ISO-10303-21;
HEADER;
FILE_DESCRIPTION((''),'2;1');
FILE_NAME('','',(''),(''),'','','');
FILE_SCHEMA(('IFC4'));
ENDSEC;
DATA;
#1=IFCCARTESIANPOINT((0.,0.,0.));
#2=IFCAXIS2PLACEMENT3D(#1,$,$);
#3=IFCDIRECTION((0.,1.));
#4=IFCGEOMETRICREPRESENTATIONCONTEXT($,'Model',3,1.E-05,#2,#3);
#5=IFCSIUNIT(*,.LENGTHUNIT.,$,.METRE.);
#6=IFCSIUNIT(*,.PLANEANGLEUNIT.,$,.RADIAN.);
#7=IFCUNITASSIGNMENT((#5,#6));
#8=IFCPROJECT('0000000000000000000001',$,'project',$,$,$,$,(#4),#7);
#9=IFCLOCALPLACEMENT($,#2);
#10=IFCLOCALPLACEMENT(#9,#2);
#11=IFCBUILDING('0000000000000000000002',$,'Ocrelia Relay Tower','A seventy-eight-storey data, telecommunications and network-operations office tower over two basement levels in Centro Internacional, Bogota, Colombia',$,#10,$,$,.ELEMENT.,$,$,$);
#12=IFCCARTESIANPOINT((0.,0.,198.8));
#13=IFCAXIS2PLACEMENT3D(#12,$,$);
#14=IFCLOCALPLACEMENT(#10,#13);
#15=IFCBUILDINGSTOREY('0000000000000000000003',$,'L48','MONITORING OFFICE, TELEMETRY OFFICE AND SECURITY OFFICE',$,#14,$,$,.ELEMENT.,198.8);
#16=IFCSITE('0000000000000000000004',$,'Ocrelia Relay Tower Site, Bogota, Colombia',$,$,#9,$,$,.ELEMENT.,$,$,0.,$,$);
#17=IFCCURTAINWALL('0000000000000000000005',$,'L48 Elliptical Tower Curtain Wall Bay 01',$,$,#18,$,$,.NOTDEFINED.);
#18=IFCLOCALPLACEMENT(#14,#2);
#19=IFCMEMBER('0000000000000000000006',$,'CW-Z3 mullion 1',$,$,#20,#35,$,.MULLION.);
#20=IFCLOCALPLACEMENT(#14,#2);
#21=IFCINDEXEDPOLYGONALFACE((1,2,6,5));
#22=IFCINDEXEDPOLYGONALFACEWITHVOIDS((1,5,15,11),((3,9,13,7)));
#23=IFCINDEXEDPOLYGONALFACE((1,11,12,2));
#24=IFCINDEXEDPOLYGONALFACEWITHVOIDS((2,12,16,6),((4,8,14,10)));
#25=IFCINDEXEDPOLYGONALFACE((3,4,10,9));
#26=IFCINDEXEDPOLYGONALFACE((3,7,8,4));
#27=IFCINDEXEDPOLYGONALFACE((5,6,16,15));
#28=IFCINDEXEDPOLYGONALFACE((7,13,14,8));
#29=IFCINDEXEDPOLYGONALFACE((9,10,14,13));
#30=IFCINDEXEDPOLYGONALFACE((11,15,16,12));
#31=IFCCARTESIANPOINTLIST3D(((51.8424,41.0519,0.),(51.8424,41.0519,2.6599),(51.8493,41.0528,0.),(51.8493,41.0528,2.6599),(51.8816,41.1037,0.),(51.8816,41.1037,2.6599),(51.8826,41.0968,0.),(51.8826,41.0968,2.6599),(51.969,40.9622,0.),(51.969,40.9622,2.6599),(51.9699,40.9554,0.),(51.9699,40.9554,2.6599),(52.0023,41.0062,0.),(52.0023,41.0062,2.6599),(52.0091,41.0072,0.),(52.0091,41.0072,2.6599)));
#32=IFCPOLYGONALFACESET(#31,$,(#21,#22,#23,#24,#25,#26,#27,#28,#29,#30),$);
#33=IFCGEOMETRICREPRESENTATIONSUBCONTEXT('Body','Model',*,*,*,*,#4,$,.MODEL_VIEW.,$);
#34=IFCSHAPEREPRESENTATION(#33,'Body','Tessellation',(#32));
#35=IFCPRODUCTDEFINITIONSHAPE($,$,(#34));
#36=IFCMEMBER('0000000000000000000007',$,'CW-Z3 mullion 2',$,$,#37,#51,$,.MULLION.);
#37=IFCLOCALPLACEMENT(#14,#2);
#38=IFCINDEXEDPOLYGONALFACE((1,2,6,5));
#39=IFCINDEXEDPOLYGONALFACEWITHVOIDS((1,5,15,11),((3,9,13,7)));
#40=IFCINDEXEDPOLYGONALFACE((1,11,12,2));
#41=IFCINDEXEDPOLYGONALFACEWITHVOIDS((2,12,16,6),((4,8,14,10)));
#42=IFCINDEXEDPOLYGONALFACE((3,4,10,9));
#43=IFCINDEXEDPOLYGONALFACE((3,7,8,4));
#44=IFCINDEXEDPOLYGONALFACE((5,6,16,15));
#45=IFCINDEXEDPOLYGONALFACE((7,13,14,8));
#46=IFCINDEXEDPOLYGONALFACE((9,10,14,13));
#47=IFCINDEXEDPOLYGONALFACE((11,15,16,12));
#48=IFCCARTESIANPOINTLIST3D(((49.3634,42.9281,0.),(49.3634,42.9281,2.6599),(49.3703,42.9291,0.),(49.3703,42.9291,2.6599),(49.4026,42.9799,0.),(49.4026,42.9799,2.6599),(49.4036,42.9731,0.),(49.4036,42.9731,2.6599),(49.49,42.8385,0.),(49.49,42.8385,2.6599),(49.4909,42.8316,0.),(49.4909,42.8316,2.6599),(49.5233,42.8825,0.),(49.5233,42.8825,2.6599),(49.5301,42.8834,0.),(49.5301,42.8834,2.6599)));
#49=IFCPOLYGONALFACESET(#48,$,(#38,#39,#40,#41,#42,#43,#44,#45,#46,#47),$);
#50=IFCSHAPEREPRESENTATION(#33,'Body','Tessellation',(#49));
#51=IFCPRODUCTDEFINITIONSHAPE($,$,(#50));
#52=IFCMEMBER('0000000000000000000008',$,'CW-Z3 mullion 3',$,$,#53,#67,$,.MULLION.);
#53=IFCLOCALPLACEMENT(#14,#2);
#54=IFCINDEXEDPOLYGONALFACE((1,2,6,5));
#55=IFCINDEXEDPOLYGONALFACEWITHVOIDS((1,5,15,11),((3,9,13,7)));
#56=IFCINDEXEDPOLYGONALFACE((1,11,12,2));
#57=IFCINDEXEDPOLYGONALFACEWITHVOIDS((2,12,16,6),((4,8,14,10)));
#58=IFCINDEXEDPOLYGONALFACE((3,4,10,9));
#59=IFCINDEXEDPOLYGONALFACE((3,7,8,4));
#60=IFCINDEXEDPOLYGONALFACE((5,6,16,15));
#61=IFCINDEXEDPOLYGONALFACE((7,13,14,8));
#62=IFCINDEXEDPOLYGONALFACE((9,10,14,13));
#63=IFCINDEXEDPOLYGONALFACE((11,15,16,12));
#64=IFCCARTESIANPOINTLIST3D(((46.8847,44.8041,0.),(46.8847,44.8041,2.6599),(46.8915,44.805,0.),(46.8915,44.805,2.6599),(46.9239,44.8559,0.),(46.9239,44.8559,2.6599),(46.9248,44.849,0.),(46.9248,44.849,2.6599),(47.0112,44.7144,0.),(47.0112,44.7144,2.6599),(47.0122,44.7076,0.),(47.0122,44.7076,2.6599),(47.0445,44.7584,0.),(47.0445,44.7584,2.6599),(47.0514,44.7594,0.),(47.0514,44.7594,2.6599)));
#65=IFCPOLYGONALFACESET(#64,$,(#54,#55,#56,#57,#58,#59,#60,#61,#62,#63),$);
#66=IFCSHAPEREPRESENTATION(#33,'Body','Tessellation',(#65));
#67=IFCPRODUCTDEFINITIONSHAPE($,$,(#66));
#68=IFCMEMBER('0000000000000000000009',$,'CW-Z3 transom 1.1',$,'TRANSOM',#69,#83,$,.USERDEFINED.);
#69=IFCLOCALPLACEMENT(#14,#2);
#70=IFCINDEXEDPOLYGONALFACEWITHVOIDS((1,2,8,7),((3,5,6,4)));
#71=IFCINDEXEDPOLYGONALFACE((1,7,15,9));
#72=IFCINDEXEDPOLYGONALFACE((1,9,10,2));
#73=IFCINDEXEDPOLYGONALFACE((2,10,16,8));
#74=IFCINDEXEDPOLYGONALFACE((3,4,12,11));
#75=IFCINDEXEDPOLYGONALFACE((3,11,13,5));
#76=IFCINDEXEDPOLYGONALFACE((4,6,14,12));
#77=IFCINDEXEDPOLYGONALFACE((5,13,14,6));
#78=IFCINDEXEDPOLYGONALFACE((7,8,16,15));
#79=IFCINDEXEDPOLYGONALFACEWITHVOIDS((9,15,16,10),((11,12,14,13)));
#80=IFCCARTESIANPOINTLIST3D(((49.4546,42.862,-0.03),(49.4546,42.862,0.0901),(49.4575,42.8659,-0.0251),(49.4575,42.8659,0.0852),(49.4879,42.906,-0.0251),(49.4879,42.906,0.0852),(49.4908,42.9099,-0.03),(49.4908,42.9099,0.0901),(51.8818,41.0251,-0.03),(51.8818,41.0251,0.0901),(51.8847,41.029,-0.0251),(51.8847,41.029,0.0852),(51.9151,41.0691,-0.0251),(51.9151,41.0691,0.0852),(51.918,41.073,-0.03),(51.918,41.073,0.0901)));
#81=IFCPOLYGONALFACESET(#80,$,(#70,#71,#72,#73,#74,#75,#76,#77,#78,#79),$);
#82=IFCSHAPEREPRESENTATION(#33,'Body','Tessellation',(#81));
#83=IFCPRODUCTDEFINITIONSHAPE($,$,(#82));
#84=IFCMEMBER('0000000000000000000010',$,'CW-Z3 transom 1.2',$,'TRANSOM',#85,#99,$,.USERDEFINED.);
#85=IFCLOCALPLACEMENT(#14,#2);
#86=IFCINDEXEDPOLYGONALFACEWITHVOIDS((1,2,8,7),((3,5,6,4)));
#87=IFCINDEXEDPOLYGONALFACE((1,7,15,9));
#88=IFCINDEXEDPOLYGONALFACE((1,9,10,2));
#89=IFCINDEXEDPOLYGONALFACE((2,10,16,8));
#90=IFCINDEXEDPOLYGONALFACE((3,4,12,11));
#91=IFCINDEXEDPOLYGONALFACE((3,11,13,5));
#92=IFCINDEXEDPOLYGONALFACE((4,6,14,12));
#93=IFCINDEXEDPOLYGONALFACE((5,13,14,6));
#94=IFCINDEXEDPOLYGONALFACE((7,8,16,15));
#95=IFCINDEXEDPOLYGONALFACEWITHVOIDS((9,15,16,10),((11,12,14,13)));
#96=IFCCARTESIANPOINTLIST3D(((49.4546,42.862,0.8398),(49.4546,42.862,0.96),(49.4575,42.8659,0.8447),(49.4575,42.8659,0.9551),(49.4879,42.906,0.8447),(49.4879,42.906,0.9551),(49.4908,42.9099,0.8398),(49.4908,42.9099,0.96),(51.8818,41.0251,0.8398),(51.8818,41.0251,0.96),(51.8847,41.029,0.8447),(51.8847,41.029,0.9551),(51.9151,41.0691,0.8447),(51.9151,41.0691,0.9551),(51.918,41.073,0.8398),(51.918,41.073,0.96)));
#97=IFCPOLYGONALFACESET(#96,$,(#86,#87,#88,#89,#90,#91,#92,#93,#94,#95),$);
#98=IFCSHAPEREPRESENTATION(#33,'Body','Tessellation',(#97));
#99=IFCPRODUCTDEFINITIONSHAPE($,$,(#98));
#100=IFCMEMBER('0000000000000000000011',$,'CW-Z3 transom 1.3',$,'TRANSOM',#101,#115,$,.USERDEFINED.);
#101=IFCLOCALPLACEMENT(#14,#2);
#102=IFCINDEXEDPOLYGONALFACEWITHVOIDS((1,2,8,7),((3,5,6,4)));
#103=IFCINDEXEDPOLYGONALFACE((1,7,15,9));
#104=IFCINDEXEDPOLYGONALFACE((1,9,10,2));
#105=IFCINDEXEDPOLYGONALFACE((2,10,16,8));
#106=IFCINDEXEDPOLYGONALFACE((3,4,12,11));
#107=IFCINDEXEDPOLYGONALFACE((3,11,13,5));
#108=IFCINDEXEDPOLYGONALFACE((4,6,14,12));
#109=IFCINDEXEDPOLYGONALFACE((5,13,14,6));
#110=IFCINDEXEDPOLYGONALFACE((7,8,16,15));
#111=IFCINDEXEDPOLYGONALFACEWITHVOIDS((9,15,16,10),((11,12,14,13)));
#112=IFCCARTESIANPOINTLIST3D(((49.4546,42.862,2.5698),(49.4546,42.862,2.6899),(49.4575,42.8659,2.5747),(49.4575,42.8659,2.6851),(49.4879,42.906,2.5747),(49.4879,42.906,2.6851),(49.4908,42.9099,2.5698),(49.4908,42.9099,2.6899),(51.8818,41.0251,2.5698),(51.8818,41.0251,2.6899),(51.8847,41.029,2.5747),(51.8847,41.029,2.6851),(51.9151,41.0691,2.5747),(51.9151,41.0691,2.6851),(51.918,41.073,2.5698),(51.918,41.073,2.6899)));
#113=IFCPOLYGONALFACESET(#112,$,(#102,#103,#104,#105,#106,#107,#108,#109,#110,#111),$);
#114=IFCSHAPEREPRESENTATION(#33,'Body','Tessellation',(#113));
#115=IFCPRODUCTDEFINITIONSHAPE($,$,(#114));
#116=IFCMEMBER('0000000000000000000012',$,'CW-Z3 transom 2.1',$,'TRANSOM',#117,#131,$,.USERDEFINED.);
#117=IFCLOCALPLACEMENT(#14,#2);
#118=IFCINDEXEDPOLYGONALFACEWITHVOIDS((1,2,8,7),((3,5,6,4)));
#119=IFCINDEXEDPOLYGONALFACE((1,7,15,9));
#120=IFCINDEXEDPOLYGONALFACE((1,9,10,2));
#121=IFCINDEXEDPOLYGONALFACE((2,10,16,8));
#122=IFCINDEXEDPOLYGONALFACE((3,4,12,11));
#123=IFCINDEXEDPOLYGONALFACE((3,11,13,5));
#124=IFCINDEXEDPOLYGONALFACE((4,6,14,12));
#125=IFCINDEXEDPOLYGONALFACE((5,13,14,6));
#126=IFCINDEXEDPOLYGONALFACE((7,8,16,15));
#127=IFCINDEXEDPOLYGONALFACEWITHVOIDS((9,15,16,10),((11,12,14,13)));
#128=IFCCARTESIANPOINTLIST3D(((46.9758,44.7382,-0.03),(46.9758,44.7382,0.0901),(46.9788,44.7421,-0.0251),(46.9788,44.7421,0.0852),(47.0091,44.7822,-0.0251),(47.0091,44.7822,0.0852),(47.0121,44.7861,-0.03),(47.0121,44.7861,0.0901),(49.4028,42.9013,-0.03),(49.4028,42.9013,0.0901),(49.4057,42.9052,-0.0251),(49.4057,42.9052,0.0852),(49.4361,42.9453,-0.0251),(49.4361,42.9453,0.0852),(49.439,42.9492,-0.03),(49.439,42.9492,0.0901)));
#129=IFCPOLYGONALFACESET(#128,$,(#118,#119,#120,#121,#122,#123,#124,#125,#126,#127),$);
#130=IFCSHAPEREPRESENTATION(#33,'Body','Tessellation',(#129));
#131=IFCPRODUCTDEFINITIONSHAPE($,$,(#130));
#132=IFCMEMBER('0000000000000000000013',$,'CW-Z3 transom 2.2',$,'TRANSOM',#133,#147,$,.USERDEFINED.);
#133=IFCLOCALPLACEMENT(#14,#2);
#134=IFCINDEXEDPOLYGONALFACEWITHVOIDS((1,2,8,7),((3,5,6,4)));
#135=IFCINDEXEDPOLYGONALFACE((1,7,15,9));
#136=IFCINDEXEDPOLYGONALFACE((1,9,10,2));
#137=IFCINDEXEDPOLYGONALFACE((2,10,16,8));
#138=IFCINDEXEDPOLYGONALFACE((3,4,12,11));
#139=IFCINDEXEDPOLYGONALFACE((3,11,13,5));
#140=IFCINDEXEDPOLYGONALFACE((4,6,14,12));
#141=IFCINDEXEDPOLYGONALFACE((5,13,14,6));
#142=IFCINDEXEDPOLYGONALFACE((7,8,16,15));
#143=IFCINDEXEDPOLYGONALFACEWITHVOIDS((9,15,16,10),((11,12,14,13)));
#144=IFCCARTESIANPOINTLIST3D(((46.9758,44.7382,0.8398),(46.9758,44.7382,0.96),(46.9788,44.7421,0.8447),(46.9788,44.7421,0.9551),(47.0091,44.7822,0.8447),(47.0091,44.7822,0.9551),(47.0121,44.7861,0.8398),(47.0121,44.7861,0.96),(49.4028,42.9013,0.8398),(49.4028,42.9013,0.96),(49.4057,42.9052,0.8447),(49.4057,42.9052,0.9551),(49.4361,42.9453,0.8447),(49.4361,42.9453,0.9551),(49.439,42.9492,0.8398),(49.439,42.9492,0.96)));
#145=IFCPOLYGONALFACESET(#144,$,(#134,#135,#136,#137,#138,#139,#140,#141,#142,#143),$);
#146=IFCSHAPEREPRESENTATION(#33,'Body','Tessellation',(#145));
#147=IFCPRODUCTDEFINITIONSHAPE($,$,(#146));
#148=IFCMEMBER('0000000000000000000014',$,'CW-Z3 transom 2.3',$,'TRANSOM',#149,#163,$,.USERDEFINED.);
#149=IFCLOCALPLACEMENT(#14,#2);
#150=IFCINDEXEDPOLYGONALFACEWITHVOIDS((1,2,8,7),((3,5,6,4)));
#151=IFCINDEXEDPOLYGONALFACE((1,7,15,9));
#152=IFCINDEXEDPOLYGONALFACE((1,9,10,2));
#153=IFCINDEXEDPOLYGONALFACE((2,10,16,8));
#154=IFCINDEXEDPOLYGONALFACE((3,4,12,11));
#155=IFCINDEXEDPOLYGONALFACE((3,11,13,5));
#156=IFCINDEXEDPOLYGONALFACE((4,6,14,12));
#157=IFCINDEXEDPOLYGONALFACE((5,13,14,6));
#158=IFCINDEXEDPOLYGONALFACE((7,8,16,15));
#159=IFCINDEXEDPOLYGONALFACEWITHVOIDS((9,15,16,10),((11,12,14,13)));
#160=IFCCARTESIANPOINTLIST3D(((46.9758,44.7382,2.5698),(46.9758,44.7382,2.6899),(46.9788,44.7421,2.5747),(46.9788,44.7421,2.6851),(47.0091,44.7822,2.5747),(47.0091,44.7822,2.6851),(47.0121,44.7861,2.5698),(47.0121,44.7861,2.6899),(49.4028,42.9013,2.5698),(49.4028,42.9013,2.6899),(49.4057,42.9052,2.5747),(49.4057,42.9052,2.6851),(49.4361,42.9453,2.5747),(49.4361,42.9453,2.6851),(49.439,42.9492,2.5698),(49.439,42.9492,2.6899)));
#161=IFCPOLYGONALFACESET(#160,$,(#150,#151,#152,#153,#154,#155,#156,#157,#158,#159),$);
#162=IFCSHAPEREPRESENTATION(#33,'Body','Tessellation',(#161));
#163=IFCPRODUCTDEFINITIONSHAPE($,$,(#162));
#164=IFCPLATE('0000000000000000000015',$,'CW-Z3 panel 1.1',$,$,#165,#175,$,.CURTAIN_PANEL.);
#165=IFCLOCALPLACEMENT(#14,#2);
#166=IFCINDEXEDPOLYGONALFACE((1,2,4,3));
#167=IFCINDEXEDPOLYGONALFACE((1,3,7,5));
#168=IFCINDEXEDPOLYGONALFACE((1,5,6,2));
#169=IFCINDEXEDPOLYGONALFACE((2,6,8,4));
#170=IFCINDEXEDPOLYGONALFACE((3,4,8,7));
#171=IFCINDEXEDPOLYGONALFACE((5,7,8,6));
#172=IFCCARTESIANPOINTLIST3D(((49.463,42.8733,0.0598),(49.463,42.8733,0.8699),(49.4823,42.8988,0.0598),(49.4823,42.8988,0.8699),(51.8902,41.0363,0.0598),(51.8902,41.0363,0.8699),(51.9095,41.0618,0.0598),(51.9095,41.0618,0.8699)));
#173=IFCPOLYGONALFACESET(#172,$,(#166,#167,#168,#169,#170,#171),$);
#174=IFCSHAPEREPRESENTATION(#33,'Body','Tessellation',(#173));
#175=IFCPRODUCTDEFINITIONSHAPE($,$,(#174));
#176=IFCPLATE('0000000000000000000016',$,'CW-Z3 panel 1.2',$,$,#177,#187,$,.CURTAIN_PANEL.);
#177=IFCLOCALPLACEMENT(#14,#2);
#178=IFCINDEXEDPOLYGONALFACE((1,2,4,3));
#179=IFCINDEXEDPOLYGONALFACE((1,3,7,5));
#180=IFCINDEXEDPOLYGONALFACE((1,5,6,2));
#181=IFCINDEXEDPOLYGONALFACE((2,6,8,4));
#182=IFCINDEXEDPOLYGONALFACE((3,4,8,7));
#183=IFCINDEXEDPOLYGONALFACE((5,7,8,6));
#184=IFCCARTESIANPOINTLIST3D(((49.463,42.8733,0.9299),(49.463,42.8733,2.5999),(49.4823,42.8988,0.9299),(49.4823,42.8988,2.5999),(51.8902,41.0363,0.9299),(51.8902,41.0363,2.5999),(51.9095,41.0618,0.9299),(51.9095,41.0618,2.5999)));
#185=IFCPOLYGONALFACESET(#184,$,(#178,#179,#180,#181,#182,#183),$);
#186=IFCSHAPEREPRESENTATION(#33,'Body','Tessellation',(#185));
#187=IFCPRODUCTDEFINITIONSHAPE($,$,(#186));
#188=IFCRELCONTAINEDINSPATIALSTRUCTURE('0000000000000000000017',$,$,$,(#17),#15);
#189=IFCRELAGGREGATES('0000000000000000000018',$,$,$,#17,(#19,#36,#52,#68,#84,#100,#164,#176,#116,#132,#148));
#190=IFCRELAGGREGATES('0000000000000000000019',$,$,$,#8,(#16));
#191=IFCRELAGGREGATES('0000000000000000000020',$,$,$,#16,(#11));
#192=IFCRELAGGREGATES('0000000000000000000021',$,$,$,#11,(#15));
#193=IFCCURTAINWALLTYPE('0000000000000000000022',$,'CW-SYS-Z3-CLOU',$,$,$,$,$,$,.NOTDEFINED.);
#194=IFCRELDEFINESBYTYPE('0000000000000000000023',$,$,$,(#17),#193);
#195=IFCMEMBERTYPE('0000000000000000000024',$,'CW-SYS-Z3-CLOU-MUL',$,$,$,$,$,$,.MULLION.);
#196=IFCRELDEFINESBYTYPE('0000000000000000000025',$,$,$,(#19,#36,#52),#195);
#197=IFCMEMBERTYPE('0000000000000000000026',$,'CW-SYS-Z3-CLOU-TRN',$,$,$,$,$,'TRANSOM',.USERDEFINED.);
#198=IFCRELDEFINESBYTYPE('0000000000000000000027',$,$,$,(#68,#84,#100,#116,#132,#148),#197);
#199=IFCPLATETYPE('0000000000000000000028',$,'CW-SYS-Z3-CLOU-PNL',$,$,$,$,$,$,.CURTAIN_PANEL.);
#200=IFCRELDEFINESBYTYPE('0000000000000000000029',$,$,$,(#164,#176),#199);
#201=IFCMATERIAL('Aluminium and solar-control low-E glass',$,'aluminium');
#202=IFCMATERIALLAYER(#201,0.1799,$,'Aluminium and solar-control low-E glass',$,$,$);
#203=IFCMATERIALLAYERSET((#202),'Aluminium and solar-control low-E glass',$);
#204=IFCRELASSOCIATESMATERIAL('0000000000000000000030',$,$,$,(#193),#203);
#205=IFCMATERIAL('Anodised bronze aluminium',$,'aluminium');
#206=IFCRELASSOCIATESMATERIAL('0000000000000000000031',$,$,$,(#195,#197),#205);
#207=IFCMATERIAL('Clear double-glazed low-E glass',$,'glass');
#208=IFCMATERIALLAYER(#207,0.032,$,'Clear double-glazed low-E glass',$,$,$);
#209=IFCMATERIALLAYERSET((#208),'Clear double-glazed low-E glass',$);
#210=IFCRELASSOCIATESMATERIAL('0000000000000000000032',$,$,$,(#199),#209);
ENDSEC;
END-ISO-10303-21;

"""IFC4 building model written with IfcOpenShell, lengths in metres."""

from ifc_helpers import new_model, si_unit, direction, frame, origin, origin_2d, place, context, subcontext, project, spatial, rectangle, hollow_rectangle, extrude, material, layer, layer_set, material_profile, profile_set, type_object, element, aggregate, save


model = new_model("IFC4")

# Units and contexts
model_context = context("Model", 3, precision=1e-05, world=origin(), true_north=direction((0.0, 1.0)))
body_context = subcontext(model_context, "Body", "Model", "MODEL_VIEW")
ifc_project = project(units=[si_unit("LENGTHUNIT", "METRE"), si_unit("PLANEANGLEUNIT", "RADIAN")], contexts=[model_context])

# Site, building, storey
site_placement = place(None, origin())
site = spatial("IfcSite", under=ifc_project, at=site_placement, Name="Ocrelia Relay Tower Site, Bogota, Colombia", CompositionType="ELEMENT", RefElevation=0.0)
building_placement = place(site_placement, origin())
building = spatial("IfcBuilding", under=site, at=building_placement, Name="Ocrelia Relay Tower", Description="A seventy-eight-storey data, telecommunications and network-operations office tower over two basement levels in Centro Internacional, Bogota, Colombia", CompositionType="ELEMENT")
storey_placement = place(building_placement, frame((0.0, 0.0, 198.8)))
storey = spatial("IfcBuildingStorey", under=building, at=storey_placement, Name="L48", Description="MONITORING OFFICE, TELEMETRY OFFICE AND SECURITY OFFICE", CompositionType="ELEMENT", Elevation=198.8)

# Curtain wall, members, plates
ifc_material_1 = material(Name="Aluminium and solar-control low-E glass", Category="aluminium")
ifc_layer_1 = layer(ifc_material_1, 0.1799, Name="Aluminium and solar-control low-E glass")
ifc_layer_set_1 = layer_set([ifc_layer_1], Name="Aluminium and solar-control low-E glass")
curtain_wall_type = type_object("IfcCurtainWallType", Name="CW-SYS-Z3-CLOU", PredefinedType="NOTDEFINED", material=ifc_layer_set_1)
curtain_wall_placement = place(storey_placement, origin())
curtain_wall = element("IfcCurtainWall", 1, at=curtain_wall_placement, inside=storey, type_object=curtain_wall_type, Name="L48 Elliptical Tower Curtain Wall Bay 01", PredefinedType="NOTDEFINED")
ifc_material_2 = material(Name="Anodised bronze aluminium", Category="aluminium")
ifc_material_profile_1 = material_profile(ifc_material_2, hollow_rectangle(XDim=0.0649, YDim=0.1599, WallThickness=0.0049, at=origin_2d()), Name="CW-MUL-160x65")
ifc_profile_set_1 = profile_set([ifc_material_profile_1], Name="Anodised bronze aluminium")
member_type_1 = type_object("IfcMemberType", Name="CW-SYS-Z3-CLOU-MUL", PredefinedType="MULLION", material=ifc_profile_set_1)
member_1_placement = place(storey_placement, frame((51.9258, 41.0295, 0.0), z_axis=(0.0, 0.0, 1.0), x_axis=(-0.603481, -0.797378, 0.0)))
member_1 = element("IfcMember", 2, at=member_1_placement, type_object=member_type_1, Name="CW-Z3 mullion 1", PredefinedType="MULLION", context=body_context, shape_type="SweptSolid", body=[
    extrude(hollow_rectangle(XDim=0.0649, YDim=0.1599, WallThickness=0.0049, at=origin_2d()), origin(), (0.0, 0.0, 1.0), 2.6599),
])
member_2_placement = place(storey_placement, frame((49.4468, 42.9058, 0.0), z_axis=(0.0, 0.0, 1.0), x_axis=(-0.603481, -0.797378, 0.0)))
member_2 = element("IfcMember", 3, at=member_2_placement, type_object=member_type_1, Name="CW-Z3 mullion 2", PredefinedType="MULLION", context=body_context, shape_type="SweptSolid", body=[
    extrude(hollow_rectangle(XDim=0.0649, YDim=0.1599, WallThickness=0.0049, at=origin_2d()), origin(), (0.0, 0.0, 1.0), 2.6599),
])
member_3_placement = place(storey_placement, frame((46.968, 44.7817, 0.0), z_axis=(0.0, 0.0, 1.0), x_axis=(-0.603481, -0.797378, 0.0)))
member_3 = element("IfcMember", 4, at=member_3_placement, type_object=member_type_1, Name="CW-Z3 mullion 3", PredefinedType="MULLION", context=body_context, shape_type="SweptSolid", body=[
    extrude(hollow_rectangle(XDim=0.0649, YDim=0.1599, WallThickness=0.0049, at=origin_2d()), origin(), (0.0, 0.0, 1.0), 2.6599),
])
ifc_material_profile_2 = material_profile(ifc_material_2, hollow_rectangle(XDim=0.0601, YDim=0.1201, WallThickness=0.0049, at=origin_2d()), Name="CW-TRN-120x60")
ifc_profile_set_2 = profile_set([ifc_material_profile_2], Name="Anodised bronze aluminium")
member_type_2 = type_object("IfcMemberType", Name="CW-SYS-Z3-CLOU-TRN", ElementType="TRANSOM", PredefinedType="USERDEFINED", material=ifc_profile_set_2)
member_4_placement = place(storey_placement, frame((51.8999, 41.0491, 0.03), z_axis=(-0.797394, 0.603459, 0.0), x_axis=(-0.603459, -0.797394, 0.0)))
member_4 = element("IfcMember", 5, at=member_4_placement, type_object=member_type_2, Name="CW-Z3 transom 1.1", ObjectType="TRANSOM", PredefinedType="USERDEFINED", context=body_context, shape_type="SweptSolid", body=[
    extrude(hollow_rectangle(XDim=0.0601, YDim=0.1201, WallThickness=0.0049, at=origin_2d()), origin(), (0.0, 0.0, 1.0), 3.0439),
])
member_5_placement = place(storey_placement, frame((51.8999, 41.0491, 0.8999), z_axis=(-0.797394, 0.603459, 0.0), x_axis=(-0.603459, -0.797394, 0.0)))
member_5 = element("IfcMember", 6, at=member_5_placement, type_object=member_type_2, Name="CW-Z3 transom 1.2", ObjectType="TRANSOM", PredefinedType="USERDEFINED", context=body_context, shape_type="SweptSolid", body=[
    extrude(hollow_rectangle(XDim=0.0601, YDim=0.1201, WallThickness=0.0049, at=origin_2d()), origin(), (0.0, 0.0, 1.0), 3.0439),
])
member_6_placement = place(storey_placement, frame((51.8999, 41.0491, 2.6299), z_axis=(-0.797394, 0.603459, 0.0), x_axis=(-0.603459, -0.797394, 0.0)))
member_6 = element("IfcMember", 7, at=member_6_placement, type_object=member_type_2, Name="CW-Z3 transom 1.3", ObjectType="TRANSOM", PredefinedType="USERDEFINED", context=body_context, shape_type="SweptSolid", body=[
    extrude(hollow_rectangle(XDim=0.0601, YDim=0.1201, WallThickness=0.0049, at=origin_2d()), origin(), (0.0, 0.0, 1.0), 3.0439),
])
member_7_placement = place(storey_placement, frame((49.4209, 42.9253, 0.03), z_axis=(-0.797365, 0.603498, 0.0), x_axis=(-0.603498, -0.797365, 0.0)))
member_7 = element("IfcMember", 8, at=member_7_placement, type_object=member_type_2, Name="CW-Z3 transom 2.1", ObjectType="TRANSOM", PredefinedType="USERDEFINED", context=body_context, shape_type="SweptSolid", body=[
    extrude(hollow_rectangle(XDim=0.0601, YDim=0.1201, WallThickness=0.0049, at=origin_2d()), origin(), (0.0, 0.0, 1.0), 3.0437),
])
member_8_placement = place(storey_placement, frame((49.4209, 42.9253, 0.8999), z_axis=(-0.797365, 0.603498, 0.0), x_axis=(-0.603498, -0.797365, 0.0)))
member_8 = element("IfcMember", 9, at=member_8_placement, type_object=member_type_2, Name="CW-Z3 transom 2.2", ObjectType="TRANSOM", PredefinedType="USERDEFINED", context=body_context, shape_type="SweptSolid", body=[
    extrude(hollow_rectangle(XDim=0.0601, YDim=0.1201, WallThickness=0.0049, at=origin_2d()), origin(), (0.0, 0.0, 1.0), 3.0437),
])
member_9_placement = place(storey_placement, frame((49.4209, 42.9253, 2.6299), z_axis=(-0.797365, 0.603498, 0.0), x_axis=(-0.603498, -0.797365, 0.0)))
member_9 = element("IfcMember", 10, at=member_9_placement, type_object=member_type_2, Name="CW-Z3 transom 2.3", ObjectType="TRANSOM", PredefinedType="USERDEFINED", context=body_context, shape_type="SweptSolid", body=[
    extrude(hollow_rectangle(XDim=0.0601, YDim=0.1201, WallThickness=0.0049, at=origin_2d()), origin(), (0.0, 0.0, 1.0), 3.0437),
])
ifc_material_3 = material(Name="Clear double-glazed low-E glass", Category="glass")
ifc_layer_2 = layer(ifc_material_3, 0.032, Name="Clear double-glazed low-E glass")
ifc_layer_set_2 = layer_set([ifc_layer_2], Name="Clear double-glazed low-E glass")
plate_type = type_object("IfcPlateType", Name="CW-SYS-Z3-CLOU-PNL", PredefinedType="CURTAIN_PANEL", material=ifc_layer_set_2)
plate_1_placement = place(storey_placement, frame((50.6863, 41.9675, 0.0598), z_axis=(0.0, 0.0, 1.0), x_axis=(-0.797378, 0.603481, 0.0)))
plate_1 = element("IfcPlate", 11, at=plate_1_placement, type_object=plate_type, Name="CW-Z3 panel 1.1", PredefinedType="CURTAIN_PANEL", context=body_context, shape_type="SweptSolid", body=[
    extrude(rectangle(XDim=3.0439, YDim=0.032, at=origin_2d()), origin(), (0.0, 0.0, 1.0), 0.8101),
])
plate_2_placement = place(storey_placement, frame((50.6863, 41.9675, 0.9299), z_axis=(0.0, 0.0, 1.0), x_axis=(-0.797378, 0.603481, 0.0)))
plate_2 = element("IfcPlate", 12, at=plate_2_placement, type_object=plate_type, Name="CW-Z3 panel 1.2", PredefinedType="CURTAIN_PANEL", context=body_context, shape_type="SweptSolid", body=[
    extrude(rectangle(XDim=3.0439, YDim=0.032, at=origin_2d()), origin(), (0.0, 0.0, 1.0), 1.6699),
])
aggregate(curtain_wall, [member_1, member_2, member_3, member_4, member_5, member_6, plate_1, plate_2, member_7, member_8, member_9])

save(model, "model.ifc")
